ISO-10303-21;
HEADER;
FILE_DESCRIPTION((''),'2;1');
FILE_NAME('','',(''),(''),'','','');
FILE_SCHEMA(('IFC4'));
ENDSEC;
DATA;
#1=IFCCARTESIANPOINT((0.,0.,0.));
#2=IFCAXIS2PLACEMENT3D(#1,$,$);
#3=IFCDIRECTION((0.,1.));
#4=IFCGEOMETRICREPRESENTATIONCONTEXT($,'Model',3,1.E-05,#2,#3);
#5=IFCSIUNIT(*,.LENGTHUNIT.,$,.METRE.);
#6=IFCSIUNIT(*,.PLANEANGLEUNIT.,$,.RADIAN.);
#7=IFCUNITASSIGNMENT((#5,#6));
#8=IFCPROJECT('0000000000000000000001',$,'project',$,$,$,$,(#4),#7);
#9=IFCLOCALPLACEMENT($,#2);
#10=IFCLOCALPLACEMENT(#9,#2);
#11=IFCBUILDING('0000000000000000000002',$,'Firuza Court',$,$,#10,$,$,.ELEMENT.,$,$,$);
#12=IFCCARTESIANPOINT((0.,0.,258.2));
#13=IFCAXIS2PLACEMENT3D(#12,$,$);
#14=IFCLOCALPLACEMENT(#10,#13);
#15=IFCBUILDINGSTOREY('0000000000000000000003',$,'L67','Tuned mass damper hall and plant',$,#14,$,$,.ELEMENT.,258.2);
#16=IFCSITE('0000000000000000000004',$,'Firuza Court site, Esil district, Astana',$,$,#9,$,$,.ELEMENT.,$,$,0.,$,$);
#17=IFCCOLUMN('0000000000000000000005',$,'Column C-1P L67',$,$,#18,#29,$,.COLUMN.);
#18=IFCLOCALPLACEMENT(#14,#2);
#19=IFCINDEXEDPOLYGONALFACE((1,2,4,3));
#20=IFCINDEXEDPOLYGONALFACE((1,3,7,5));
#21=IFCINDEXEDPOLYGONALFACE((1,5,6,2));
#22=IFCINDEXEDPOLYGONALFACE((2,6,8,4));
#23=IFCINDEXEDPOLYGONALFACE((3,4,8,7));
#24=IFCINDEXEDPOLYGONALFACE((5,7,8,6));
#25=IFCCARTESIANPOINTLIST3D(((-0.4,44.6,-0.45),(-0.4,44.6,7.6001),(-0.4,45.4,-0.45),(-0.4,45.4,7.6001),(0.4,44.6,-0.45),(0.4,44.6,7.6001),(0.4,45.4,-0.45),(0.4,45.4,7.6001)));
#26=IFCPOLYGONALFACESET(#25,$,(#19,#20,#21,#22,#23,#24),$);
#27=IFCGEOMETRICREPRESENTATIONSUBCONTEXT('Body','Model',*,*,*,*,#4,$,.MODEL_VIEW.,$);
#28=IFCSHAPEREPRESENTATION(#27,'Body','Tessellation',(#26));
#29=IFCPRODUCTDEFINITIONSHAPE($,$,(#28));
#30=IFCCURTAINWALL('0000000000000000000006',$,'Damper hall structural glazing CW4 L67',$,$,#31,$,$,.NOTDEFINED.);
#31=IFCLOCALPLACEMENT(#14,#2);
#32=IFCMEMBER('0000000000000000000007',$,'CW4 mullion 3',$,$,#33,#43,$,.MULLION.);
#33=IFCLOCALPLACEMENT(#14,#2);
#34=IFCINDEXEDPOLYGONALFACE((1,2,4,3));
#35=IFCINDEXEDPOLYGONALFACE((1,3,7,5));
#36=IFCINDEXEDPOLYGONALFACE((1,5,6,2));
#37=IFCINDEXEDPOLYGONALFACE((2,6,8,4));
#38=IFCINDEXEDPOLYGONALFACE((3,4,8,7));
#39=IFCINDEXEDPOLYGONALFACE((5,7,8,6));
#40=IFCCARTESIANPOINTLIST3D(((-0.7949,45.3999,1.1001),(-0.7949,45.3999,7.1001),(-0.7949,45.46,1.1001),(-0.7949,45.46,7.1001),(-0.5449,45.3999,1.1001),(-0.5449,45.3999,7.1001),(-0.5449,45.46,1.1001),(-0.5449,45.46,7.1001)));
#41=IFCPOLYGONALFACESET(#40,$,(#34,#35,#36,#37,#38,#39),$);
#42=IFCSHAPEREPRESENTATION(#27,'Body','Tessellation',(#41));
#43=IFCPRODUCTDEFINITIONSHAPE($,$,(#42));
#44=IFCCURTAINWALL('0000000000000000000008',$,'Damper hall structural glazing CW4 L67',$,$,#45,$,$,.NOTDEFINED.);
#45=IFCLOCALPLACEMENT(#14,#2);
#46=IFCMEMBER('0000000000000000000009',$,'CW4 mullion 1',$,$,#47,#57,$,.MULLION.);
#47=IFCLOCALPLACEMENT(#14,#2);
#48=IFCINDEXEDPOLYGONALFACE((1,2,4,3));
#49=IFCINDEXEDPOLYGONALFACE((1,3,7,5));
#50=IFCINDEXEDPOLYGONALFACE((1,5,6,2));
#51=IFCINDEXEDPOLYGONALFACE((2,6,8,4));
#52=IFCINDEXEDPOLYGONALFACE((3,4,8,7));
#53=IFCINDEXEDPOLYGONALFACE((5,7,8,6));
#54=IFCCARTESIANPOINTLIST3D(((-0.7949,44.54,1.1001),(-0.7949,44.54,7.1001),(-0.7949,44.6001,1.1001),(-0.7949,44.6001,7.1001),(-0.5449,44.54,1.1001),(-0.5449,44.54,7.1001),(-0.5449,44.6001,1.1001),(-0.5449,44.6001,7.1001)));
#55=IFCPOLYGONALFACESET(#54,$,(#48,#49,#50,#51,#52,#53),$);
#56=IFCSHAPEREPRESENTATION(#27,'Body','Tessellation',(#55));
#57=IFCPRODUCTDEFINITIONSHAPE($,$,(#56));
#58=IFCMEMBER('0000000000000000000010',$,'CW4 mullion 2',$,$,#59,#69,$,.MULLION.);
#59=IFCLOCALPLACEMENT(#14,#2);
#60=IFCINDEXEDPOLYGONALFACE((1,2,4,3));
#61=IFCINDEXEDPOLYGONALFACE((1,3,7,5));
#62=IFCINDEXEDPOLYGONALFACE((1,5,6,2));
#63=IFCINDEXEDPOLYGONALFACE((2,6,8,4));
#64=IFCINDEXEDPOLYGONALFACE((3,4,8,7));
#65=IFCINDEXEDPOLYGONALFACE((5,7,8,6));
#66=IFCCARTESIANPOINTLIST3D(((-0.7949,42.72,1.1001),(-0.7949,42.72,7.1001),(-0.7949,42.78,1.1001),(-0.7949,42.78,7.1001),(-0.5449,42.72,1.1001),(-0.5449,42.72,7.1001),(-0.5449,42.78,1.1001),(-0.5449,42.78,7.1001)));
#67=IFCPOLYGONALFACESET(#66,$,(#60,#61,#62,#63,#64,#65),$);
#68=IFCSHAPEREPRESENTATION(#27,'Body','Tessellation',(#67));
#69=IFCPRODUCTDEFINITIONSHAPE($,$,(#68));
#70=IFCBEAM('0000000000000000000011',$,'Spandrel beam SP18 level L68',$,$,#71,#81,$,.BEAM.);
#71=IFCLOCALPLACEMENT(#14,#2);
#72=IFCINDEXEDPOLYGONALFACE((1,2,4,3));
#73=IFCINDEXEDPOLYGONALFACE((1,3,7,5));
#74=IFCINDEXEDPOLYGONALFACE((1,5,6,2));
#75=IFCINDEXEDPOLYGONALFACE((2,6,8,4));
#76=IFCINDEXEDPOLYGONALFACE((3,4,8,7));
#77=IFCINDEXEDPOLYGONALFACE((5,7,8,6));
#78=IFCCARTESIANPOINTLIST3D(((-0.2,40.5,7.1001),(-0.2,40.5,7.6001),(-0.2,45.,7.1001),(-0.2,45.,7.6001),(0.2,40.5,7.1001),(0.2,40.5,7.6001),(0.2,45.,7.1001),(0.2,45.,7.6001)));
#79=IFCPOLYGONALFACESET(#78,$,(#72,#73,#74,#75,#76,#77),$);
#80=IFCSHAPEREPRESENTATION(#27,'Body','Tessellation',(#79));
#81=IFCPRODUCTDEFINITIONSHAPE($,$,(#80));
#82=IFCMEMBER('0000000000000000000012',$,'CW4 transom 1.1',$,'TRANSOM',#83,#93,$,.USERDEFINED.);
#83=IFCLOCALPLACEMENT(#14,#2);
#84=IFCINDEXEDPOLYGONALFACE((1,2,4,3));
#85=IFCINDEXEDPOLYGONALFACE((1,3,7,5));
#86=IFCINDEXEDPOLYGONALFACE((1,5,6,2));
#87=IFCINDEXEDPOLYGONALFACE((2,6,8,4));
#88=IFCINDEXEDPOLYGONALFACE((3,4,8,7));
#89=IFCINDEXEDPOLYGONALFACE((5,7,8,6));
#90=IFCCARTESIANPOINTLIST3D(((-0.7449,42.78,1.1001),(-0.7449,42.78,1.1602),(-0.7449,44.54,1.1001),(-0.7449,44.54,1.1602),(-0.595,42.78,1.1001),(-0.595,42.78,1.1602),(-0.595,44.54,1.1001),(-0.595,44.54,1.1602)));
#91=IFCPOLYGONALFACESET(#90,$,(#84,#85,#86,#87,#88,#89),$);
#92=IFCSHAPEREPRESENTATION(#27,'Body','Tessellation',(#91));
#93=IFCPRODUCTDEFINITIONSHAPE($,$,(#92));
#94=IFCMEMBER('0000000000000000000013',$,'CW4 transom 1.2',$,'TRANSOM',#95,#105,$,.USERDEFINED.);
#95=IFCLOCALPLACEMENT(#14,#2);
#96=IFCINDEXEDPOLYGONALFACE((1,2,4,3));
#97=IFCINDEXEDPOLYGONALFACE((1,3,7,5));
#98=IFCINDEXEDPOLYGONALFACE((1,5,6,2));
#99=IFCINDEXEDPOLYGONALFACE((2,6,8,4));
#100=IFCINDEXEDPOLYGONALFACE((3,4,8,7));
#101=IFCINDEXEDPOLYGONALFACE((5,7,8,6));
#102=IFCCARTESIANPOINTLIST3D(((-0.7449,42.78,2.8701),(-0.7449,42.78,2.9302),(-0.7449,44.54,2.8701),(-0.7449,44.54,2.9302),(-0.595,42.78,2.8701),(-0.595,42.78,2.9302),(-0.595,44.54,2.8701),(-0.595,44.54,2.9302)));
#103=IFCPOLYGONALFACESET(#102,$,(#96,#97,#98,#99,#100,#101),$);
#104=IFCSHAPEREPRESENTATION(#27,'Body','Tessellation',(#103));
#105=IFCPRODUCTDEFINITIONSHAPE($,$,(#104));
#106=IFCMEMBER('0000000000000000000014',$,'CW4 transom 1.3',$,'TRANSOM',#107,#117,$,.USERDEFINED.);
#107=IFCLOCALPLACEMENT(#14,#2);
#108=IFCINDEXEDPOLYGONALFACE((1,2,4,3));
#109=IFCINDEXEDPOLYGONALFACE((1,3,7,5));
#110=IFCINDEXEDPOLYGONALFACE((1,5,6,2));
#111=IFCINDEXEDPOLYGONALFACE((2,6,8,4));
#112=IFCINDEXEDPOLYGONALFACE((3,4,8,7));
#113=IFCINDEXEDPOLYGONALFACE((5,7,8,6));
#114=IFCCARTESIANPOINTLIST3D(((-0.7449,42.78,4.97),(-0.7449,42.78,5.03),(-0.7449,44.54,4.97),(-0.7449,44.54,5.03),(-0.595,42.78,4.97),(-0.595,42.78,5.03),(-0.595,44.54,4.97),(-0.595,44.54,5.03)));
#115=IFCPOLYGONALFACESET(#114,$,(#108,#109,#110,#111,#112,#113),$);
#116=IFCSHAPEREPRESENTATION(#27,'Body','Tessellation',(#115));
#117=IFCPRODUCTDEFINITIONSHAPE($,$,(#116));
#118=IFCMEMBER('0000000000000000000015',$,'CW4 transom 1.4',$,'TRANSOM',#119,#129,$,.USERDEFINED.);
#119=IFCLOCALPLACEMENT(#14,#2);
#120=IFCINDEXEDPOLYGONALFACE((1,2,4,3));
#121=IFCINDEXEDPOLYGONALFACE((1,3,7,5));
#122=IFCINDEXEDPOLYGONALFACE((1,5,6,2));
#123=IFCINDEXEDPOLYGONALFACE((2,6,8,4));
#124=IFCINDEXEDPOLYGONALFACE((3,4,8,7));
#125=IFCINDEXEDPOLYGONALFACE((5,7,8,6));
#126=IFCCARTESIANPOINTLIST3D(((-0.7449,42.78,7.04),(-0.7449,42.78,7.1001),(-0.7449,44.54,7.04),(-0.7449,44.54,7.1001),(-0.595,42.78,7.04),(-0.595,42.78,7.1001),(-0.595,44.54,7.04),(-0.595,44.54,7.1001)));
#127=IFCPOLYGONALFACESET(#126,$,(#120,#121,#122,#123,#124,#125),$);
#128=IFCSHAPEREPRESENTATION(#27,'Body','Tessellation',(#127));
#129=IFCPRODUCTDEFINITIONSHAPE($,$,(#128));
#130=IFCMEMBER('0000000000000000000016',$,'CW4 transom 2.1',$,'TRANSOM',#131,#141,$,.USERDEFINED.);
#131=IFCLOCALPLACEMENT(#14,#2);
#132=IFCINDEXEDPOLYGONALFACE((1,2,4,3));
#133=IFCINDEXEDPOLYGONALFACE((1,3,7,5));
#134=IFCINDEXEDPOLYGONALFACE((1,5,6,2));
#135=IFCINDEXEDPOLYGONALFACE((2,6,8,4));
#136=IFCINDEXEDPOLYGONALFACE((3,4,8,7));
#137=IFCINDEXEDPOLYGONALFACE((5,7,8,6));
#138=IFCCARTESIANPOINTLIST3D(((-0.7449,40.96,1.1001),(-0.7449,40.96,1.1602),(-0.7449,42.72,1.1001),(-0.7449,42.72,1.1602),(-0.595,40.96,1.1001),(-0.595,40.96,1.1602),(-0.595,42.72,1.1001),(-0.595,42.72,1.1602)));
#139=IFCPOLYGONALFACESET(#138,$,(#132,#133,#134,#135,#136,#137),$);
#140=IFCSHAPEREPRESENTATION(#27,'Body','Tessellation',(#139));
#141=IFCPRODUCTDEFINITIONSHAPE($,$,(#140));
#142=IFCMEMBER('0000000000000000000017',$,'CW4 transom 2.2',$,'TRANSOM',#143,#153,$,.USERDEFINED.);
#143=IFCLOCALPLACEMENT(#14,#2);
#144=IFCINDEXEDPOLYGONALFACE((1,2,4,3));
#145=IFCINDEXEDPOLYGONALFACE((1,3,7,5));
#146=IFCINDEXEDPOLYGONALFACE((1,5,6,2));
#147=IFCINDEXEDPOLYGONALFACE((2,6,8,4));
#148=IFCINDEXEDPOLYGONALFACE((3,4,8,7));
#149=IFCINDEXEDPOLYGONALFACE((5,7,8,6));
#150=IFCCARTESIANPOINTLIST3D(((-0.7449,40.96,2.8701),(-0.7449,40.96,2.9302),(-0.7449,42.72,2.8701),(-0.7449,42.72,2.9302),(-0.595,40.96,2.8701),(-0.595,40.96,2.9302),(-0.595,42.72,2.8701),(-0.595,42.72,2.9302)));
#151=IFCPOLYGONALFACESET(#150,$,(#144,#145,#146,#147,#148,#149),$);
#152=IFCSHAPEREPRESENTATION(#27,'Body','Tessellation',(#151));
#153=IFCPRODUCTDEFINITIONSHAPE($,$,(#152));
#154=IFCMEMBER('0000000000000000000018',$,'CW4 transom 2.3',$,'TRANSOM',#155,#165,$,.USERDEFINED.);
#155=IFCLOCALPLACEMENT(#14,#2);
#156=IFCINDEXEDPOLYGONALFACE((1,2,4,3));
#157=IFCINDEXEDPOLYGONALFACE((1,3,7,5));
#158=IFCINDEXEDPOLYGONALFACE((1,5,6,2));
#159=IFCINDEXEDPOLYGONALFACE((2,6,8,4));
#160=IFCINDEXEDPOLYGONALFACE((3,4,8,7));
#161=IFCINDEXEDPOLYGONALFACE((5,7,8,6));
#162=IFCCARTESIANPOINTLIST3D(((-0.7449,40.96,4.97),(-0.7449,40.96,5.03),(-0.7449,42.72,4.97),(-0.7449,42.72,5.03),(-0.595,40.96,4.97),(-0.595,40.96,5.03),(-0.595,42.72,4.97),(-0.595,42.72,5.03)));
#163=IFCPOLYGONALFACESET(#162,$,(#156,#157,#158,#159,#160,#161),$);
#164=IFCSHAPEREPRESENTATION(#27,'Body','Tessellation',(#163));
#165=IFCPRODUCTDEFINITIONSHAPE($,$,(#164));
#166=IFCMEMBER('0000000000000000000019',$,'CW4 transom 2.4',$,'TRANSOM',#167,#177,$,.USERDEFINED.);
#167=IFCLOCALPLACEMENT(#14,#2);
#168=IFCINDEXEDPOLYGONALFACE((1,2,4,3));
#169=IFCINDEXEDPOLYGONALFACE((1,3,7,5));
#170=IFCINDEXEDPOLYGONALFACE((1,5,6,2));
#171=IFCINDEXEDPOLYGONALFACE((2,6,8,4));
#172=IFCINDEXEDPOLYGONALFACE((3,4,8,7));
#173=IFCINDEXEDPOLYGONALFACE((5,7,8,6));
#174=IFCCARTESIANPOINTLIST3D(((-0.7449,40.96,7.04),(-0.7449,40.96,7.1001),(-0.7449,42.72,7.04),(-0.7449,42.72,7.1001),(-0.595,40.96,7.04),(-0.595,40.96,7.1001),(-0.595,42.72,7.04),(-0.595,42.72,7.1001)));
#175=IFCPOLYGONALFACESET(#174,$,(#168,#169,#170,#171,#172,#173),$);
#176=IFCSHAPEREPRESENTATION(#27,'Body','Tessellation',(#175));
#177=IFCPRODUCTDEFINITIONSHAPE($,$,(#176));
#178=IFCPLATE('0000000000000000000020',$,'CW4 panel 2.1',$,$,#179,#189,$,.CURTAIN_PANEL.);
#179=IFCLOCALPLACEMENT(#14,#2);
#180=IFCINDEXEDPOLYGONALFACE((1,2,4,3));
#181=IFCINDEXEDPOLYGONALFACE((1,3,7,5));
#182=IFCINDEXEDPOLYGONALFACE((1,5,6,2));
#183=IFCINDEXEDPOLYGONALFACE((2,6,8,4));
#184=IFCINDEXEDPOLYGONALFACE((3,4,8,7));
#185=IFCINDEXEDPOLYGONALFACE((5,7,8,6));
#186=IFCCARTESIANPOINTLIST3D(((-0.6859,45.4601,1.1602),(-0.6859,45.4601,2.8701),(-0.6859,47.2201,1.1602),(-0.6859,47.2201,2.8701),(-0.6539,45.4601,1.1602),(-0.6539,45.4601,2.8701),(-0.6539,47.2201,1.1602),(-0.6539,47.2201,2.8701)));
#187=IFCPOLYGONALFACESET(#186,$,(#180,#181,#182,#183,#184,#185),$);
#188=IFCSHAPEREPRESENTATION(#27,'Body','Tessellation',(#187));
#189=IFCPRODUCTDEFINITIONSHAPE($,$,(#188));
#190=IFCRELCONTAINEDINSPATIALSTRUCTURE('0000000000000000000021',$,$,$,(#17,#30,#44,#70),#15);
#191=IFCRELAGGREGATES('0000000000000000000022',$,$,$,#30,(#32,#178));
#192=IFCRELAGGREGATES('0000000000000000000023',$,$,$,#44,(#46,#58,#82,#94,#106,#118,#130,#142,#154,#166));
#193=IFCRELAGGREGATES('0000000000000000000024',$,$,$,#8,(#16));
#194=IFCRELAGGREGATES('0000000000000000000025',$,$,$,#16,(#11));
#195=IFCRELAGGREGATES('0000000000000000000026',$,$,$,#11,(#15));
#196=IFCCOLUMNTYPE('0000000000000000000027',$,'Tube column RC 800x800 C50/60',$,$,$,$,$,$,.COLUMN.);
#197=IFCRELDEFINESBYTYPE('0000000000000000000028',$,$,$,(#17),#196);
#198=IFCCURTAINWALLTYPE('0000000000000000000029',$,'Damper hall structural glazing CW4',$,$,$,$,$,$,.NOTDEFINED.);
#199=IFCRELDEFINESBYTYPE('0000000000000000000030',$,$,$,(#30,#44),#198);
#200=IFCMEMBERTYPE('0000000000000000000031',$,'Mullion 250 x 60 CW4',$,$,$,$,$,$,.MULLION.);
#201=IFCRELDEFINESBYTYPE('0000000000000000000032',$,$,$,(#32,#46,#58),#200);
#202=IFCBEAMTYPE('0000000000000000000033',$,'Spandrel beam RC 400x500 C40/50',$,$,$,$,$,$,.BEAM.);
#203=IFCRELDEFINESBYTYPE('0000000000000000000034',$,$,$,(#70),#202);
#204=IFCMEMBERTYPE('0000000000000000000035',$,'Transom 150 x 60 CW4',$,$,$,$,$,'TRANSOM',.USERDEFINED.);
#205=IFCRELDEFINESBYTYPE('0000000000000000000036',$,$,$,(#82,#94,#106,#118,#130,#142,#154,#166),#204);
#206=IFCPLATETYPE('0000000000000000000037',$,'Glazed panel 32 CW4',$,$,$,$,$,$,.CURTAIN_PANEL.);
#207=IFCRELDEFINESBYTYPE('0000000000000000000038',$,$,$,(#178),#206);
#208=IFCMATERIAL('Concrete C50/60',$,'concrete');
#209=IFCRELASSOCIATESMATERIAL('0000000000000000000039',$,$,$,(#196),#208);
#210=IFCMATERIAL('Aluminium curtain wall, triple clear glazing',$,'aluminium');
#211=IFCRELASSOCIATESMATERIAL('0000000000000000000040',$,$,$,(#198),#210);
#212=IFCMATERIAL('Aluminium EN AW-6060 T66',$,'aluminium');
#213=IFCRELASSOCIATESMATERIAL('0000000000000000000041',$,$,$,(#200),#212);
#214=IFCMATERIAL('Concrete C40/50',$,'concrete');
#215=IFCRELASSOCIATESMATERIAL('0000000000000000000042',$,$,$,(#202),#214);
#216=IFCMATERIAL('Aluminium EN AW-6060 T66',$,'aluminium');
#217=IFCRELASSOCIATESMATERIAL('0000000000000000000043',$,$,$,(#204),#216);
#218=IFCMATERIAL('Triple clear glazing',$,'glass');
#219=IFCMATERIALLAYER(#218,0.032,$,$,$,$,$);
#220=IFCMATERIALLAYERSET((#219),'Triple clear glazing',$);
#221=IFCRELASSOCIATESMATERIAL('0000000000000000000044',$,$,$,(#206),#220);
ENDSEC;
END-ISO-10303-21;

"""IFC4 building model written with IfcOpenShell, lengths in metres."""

from ifc_helpers import new_model, si_unit, direction, frame, origin, origin_2d, place, context, subcontext, project, spatial, rectangle, extrude, material, layer, layer_set, material_profile, profile_set, type_object, element, aggregate, save


model = new_model("IFC4")

# Units and contexts
model_context = context("Model", 3, precision=1e-05, world=origin(), true_north=direction((0.0, 1.0)))
body_context = subcontext(model_context, "Body", "Model", "MODEL_VIEW")
ifc_project = project(units=[si_unit("LENGTHUNIT", "METRE"), si_unit("PLANEANGLEUNIT", "RADIAN")], contexts=[model_context])

# Site, building, storey
site_placement = place(None, origin())
site = spatial("IfcSite", under=ifc_project, at=site_placement, Name="Firuza Court site, Esil district, Astana", CompositionType="ELEMENT", RefElevation=0.0)
building_placement = place(site_placement, origin())
building = spatial("IfcBuilding", under=site, at=building_placement, Name="Firuza Court", CompositionType="ELEMENT")
storey_placement = place(building_placement, frame((0.0, 0.0, 258.2)))
storey = spatial("IfcBuildingStorey", under=building, at=storey_placement, Name="L67", Description="Tuned mass damper hall and plant", CompositionType="ELEMENT", Elevation=258.2)

# Column
ifc_material_1 = material(Name="Concrete C50/60", Category="concrete")
ifc_material_profile_1 = material_profile(ifc_material_1, rectangle(XDim=0.8, YDim=0.8, at=origin_2d()), Name="RC 800x800")
ifc_profile_set_1 = profile_set([ifc_material_profile_1], Name="Concrete C50/60")
column_type = type_object("IfcColumnType", Name="Tube column RC 800x800 C50/60", PredefinedType="COLUMN", material=ifc_profile_set_1)
column_placement = place(storey_placement, frame((0.0, 45.0, -0.45), z_axis=(0.0, 0.0, 1.0), x_axis=(1.0, 0.0, 0.0)))
element("IfcColumn", 1, at=column_placement, inside=storey, type_object=column_type, Name="Column C-1P L67", PredefinedType="COLUMN", context=body_context, shape_type="SweptSolid", body=[
    extrude(rectangle(XDim=0.8, YDim=0.8, at=origin_2d()), origin(), (0.0, 0.0, 1.0), 8.05),
])

# Curtain wall, member
ifc_material_2 = material(Name="Aluminium curtain wall, triple clear glazing", Category="aluminium")
curtain_wall_type = type_object("IfcCurtainWallType", Name="Damper hall structural glazing CW4", PredefinedType="NOTDEFINED", material=ifc_material_2)
curtain_wall_1_placement = place(storey_placement, origin())
curtain_wall_1 = element("IfcCurtainWall", 2, at=curtain_wall_1_placement, inside=storey, type_object=curtain_wall_type, Name="Damper hall structural glazing CW4 L67", PredefinedType="NOTDEFINED")
ifc_material_3 = material(Name="Aluminium EN AW-6060 T66", Category="aluminium")
ifc_material_profile_2 = material_profile(ifc_material_3, rectangle(XDim=0.25, YDim=0.0601, at=origin_2d()), Name="Mullion 250 x 60 CW4")
ifc_profile_set_2 = profile_set([ifc_material_profile_2], Name="Aluminium EN AW-6060 T66")
member_type_1 = type_object("IfcMemberType", Name="Mullion 250 x 60 CW4", PredefinedType="MULLION", material=ifc_profile_set_2)
member_1_placement = place(storey_placement, frame((-0.6699, 45.4299, 1.1001), z_axis=(0.0, 0.0, 1.0), x_axis=(1.0, 0.0, 0.0)))
member_1 = element("IfcMember", 3, at=member_1_placement, type_object=member_type_1, Name="CW4 mullion 3", PredefinedType="MULLION", context=body_context, shape_type="SweptSolid", body=[
    extrude(rectangle(XDim=0.25, YDim=0.0601, at=origin_2d()), origin(), (0.0, 0.0, 1.0), 6.0),
])

# Curtain wall, members
curtain_wall_2_placement = place(storey_placement, origin())
curtain_wall_2 = element("IfcCurtainWall", 4, at=curtain_wall_2_placement, inside=storey, type_object=curtain_wall_type, Name="Damper hall structural glazing CW4 L67", PredefinedType="NOTDEFINED")
member_2_placement = place(storey_placement, frame((-0.6699, 44.5701, 1.1001), z_axis=(0.0, 0.0, 1.0), x_axis=(1.0, 0.0, 0.0)))
member_2 = element("IfcMember", 5, at=member_2_placement, type_object=member_type_1, Name="CW4 mullion 1", PredefinedType="MULLION", context=body_context, shape_type="SweptSolid", body=[
    extrude(rectangle(XDim=0.25, YDim=0.0601, at=origin_2d()), origin(), (0.0, 0.0, 1.0), 6.0),
])
member_3_placement = place(storey_placement, frame((-0.6699, 42.75, 1.1001), z_axis=(0.0, 0.0, 1.0), x_axis=(1.0, 0.0, 0.0)))
member_3 = element("IfcMember", 6, at=member_3_placement, type_object=member_type_1, Name="CW4 mullion 2", PredefinedType="MULLION", context=body_context, shape_type="SweptSolid", body=[
    extrude(rectangle(XDim=0.25, YDim=0.0601, at=origin_2d()), origin(), (0.0, 0.0, 1.0), 6.0),
])

# Beam
ifc_material_4 = material(Name="Concrete C40/50", Category="concrete")
ifc_material_profile_3 = material_profile(ifc_material_4, rectangle(XDim=0.3999, YDim=0.5, at=origin_2d()), Name="RC 400x500")
ifc_profile_set_3 = profile_set([ifc_material_profile_3], Name="Concrete C40/50")
beam_type = type_object("IfcBeamType", Name="Spandrel beam RC 400x500 C40/50", PredefinedType="BEAM", material=ifc_profile_set_3)
beam_placement = place(storey_placement, frame((0.0, 45.0, 7.3501), z_axis=(0.0, -1.0, 0.0), x_axis=(1.0, 0.0, 0.0)))
element("IfcBeam", 7, at=beam_placement, inside=storey, type_object=beam_type, Name="Spandrel beam SP18 level L68", PredefinedType="BEAM", context=body_context, shape_type="SweptSolid", body=[
    extrude(rectangle(XDim=0.3999, YDim=0.5, at=origin_2d()), origin(), (0.0, 0.0, 1.0), 4.5),
])

# Members
ifc_material_5 = material(Name="Aluminium EN AW-6060 T66", Category="aluminium")
ifc_material_profile_4 = material_profile(ifc_material_5, rectangle(XDim=0.1499, YDim=0.0601, at=origin_2d()), Name="Transom 150 x 60 CW4")
ifc_profile_set_4 = profile_set([ifc_material_profile_4], Name="Aluminium EN AW-6060 T66")
member_type_2 = type_object("IfcMemberType", Name="Transom 150 x 60 CW4", ElementType="TRANSOM", PredefinedType="USERDEFINED", material=ifc_profile_set_4)
member_4_placement = place(storey_placement, frame((-0.6699, 44.54, 1.1301), z_axis=(0.0, -1.0, 0.0), x_axis=(1.0, 0.0, 0.0)))
member_4 = element("IfcMember", 8, at=member_4_placement, type_object=member_type_2, Name="CW4 transom 1.1", ObjectType="TRANSOM", PredefinedType="USERDEFINED", context=body_context, shape_type="SweptSolid", body=[
    extrude(rectangle(XDim=0.1499, YDim=0.0601, at=origin_2d()), origin(), (0.0, 0.0, 1.0), 1.76),
])
member_5_placement = place(storey_placement, frame((-0.6699, 44.54, 2.9001), z_axis=(0.0, -1.0, 0.0), x_axis=(1.0, 0.0, 0.0)))
member_5 = element("IfcMember", 9, at=member_5_placement, type_object=member_type_2, Name="CW4 transom 1.2", ObjectType="TRANSOM", PredefinedType="USERDEFINED", context=body_context, shape_type="SweptSolid", body=[
    extrude(rectangle(XDim=0.1499, YDim=0.0601, at=origin_2d()), origin(), (0.0, 0.0, 1.0), 1.76),
])
member_6_placement = place(storey_placement, frame((-0.6699, 44.54, 5.0), z_axis=(0.0, -1.0, 0.0), x_axis=(1.0, 0.0, 0.0)))
member_6 = element("IfcMember", 10, at=member_6_placement, type_object=member_type_2, Name="CW4 transom 1.3", ObjectType="TRANSOM", PredefinedType="USERDEFINED", context=body_context, shape_type="SweptSolid", body=[
    extrude(rectangle(XDim=0.1499, YDim=0.0601, at=origin_2d()), origin(), (0.0, 0.0, 1.0), 1.76),
])
member_7_placement = place(storey_placement, frame((-0.6699, 44.54, 7.0701), z_axis=(0.0, -1.0, 0.0), x_axis=(1.0, 0.0, 0.0)))
member_7 = element("IfcMember", 11, at=member_7_placement, type_object=member_type_2, Name="CW4 transom 1.4", ObjectType="TRANSOM", PredefinedType="USERDEFINED", context=body_context, shape_type="SweptSolid", body=[
    extrude(rectangle(XDim=0.1499, YDim=0.0601, at=origin_2d()), origin(), (0.0, 0.0, 1.0), 1.76),
])
member_8_placement = place(storey_placement, frame((-0.6699, 42.72, 1.1301), z_axis=(0.0, -1.0, 0.0), x_axis=(1.0, 0.0, 0.0)))
member_8 = element("IfcMember", 12, at=member_8_placement, type_object=member_type_2, Name="CW4 transom 2.1", ObjectType="TRANSOM", PredefinedType="USERDEFINED", context=body_context, shape_type="SweptSolid", body=[
    extrude(rectangle(XDim=0.1499, YDim=0.0601, at=origin_2d()), origin(), (0.0, 0.0, 1.0), 1.76),
])
member_9_placement = place(storey_placement, frame((-0.6699, 42.72, 2.9001), z_axis=(0.0, -1.0, 0.0), x_axis=(1.0, 0.0, 0.0)))
member_9 = element("IfcMember", 13, at=member_9_placement, type_object=member_type_2, Name="CW4 transom 2.2", ObjectType="TRANSOM", PredefinedType="USERDEFINED", context=body_context, shape_type="SweptSolid", body=[
    extrude(rectangle(XDim=0.1499, YDim=0.0601, at=origin_2d()), origin(), (0.0, 0.0, 1.0), 1.76),
])
member_10_placement = place(storey_placement, frame((-0.6699, 42.72, 5.0), z_axis=(0.0, -1.0, 0.0), x_axis=(1.0, 0.0, 0.0)))
member_10 = element("IfcMember", 14, at=member_10_placement, type_object=member_type_2, Name="CW4 transom 2.3", ObjectType="TRANSOM", PredefinedType="USERDEFINED", context=body_context, shape_type="SweptSolid", body=[
    extrude(rectangle(XDim=0.1499, YDim=0.0601, at=origin_2d()), origin(), (0.0, 0.0, 1.0), 1.76),
])
member_11_placement = place(storey_placement, frame((-0.6699, 42.72, 7.0701), z_axis=(0.0, -1.0, 0.0), x_axis=(1.0, 0.0, 0.0)))
member_11 = element("IfcMember", 15, at=member_11_placement, type_object=member_type_2, Name="CW4 transom 2.4", ObjectType="TRANSOM", PredefinedType="USERDEFINED", context=body_context, shape_type="SweptSolid", body=[
    extrude(rectangle(XDim=0.1499, YDim=0.0601, at=origin_2d()), origin(), (0.0, 0.0, 1.0), 1.76),
])

# Plate
ifc_material_6 = material(Name="Triple clear glazing", Category="glass")
ifc_layer_1 = layer(ifc_material_6, 0.032)
ifc_layer_set_1 = layer_set([ifc_layer_1], Name="Triple clear glazing")
plate_type = type_object("IfcPlateType", Name="Glazed panel 32 CW4", PredefinedType="CURTAIN_PANEL", material=ifc_layer_set_1)
plate_1_placement = place(storey_placement, frame((-0.6699, 46.3401, 1.1602), z_axis=(0.0, 0.0, 1.0), x_axis=(0.0, -1.0, 0.0)))
plate_1 = element("IfcPlate", 16, at=plate_1_placement, type_object=plate_type, Name="CW4 panel 2.1", PredefinedType="CURTAIN_PANEL", context=body_context, shape_type="SweptSolid", body=[
    extrude(rectangle(XDim=1.76, YDim=0.032, at=origin_2d()), origin(), (0.0, 0.0, 1.0), 1.71),
])
aggregate(curtain_wall_1, [member_1, plate_1])
aggregate(curtain_wall_2, [member_2, member_3, member_4, member_5, member_6, member_7, member_8, member_9, member_10, member_11])

save(model, "model.ifc")
